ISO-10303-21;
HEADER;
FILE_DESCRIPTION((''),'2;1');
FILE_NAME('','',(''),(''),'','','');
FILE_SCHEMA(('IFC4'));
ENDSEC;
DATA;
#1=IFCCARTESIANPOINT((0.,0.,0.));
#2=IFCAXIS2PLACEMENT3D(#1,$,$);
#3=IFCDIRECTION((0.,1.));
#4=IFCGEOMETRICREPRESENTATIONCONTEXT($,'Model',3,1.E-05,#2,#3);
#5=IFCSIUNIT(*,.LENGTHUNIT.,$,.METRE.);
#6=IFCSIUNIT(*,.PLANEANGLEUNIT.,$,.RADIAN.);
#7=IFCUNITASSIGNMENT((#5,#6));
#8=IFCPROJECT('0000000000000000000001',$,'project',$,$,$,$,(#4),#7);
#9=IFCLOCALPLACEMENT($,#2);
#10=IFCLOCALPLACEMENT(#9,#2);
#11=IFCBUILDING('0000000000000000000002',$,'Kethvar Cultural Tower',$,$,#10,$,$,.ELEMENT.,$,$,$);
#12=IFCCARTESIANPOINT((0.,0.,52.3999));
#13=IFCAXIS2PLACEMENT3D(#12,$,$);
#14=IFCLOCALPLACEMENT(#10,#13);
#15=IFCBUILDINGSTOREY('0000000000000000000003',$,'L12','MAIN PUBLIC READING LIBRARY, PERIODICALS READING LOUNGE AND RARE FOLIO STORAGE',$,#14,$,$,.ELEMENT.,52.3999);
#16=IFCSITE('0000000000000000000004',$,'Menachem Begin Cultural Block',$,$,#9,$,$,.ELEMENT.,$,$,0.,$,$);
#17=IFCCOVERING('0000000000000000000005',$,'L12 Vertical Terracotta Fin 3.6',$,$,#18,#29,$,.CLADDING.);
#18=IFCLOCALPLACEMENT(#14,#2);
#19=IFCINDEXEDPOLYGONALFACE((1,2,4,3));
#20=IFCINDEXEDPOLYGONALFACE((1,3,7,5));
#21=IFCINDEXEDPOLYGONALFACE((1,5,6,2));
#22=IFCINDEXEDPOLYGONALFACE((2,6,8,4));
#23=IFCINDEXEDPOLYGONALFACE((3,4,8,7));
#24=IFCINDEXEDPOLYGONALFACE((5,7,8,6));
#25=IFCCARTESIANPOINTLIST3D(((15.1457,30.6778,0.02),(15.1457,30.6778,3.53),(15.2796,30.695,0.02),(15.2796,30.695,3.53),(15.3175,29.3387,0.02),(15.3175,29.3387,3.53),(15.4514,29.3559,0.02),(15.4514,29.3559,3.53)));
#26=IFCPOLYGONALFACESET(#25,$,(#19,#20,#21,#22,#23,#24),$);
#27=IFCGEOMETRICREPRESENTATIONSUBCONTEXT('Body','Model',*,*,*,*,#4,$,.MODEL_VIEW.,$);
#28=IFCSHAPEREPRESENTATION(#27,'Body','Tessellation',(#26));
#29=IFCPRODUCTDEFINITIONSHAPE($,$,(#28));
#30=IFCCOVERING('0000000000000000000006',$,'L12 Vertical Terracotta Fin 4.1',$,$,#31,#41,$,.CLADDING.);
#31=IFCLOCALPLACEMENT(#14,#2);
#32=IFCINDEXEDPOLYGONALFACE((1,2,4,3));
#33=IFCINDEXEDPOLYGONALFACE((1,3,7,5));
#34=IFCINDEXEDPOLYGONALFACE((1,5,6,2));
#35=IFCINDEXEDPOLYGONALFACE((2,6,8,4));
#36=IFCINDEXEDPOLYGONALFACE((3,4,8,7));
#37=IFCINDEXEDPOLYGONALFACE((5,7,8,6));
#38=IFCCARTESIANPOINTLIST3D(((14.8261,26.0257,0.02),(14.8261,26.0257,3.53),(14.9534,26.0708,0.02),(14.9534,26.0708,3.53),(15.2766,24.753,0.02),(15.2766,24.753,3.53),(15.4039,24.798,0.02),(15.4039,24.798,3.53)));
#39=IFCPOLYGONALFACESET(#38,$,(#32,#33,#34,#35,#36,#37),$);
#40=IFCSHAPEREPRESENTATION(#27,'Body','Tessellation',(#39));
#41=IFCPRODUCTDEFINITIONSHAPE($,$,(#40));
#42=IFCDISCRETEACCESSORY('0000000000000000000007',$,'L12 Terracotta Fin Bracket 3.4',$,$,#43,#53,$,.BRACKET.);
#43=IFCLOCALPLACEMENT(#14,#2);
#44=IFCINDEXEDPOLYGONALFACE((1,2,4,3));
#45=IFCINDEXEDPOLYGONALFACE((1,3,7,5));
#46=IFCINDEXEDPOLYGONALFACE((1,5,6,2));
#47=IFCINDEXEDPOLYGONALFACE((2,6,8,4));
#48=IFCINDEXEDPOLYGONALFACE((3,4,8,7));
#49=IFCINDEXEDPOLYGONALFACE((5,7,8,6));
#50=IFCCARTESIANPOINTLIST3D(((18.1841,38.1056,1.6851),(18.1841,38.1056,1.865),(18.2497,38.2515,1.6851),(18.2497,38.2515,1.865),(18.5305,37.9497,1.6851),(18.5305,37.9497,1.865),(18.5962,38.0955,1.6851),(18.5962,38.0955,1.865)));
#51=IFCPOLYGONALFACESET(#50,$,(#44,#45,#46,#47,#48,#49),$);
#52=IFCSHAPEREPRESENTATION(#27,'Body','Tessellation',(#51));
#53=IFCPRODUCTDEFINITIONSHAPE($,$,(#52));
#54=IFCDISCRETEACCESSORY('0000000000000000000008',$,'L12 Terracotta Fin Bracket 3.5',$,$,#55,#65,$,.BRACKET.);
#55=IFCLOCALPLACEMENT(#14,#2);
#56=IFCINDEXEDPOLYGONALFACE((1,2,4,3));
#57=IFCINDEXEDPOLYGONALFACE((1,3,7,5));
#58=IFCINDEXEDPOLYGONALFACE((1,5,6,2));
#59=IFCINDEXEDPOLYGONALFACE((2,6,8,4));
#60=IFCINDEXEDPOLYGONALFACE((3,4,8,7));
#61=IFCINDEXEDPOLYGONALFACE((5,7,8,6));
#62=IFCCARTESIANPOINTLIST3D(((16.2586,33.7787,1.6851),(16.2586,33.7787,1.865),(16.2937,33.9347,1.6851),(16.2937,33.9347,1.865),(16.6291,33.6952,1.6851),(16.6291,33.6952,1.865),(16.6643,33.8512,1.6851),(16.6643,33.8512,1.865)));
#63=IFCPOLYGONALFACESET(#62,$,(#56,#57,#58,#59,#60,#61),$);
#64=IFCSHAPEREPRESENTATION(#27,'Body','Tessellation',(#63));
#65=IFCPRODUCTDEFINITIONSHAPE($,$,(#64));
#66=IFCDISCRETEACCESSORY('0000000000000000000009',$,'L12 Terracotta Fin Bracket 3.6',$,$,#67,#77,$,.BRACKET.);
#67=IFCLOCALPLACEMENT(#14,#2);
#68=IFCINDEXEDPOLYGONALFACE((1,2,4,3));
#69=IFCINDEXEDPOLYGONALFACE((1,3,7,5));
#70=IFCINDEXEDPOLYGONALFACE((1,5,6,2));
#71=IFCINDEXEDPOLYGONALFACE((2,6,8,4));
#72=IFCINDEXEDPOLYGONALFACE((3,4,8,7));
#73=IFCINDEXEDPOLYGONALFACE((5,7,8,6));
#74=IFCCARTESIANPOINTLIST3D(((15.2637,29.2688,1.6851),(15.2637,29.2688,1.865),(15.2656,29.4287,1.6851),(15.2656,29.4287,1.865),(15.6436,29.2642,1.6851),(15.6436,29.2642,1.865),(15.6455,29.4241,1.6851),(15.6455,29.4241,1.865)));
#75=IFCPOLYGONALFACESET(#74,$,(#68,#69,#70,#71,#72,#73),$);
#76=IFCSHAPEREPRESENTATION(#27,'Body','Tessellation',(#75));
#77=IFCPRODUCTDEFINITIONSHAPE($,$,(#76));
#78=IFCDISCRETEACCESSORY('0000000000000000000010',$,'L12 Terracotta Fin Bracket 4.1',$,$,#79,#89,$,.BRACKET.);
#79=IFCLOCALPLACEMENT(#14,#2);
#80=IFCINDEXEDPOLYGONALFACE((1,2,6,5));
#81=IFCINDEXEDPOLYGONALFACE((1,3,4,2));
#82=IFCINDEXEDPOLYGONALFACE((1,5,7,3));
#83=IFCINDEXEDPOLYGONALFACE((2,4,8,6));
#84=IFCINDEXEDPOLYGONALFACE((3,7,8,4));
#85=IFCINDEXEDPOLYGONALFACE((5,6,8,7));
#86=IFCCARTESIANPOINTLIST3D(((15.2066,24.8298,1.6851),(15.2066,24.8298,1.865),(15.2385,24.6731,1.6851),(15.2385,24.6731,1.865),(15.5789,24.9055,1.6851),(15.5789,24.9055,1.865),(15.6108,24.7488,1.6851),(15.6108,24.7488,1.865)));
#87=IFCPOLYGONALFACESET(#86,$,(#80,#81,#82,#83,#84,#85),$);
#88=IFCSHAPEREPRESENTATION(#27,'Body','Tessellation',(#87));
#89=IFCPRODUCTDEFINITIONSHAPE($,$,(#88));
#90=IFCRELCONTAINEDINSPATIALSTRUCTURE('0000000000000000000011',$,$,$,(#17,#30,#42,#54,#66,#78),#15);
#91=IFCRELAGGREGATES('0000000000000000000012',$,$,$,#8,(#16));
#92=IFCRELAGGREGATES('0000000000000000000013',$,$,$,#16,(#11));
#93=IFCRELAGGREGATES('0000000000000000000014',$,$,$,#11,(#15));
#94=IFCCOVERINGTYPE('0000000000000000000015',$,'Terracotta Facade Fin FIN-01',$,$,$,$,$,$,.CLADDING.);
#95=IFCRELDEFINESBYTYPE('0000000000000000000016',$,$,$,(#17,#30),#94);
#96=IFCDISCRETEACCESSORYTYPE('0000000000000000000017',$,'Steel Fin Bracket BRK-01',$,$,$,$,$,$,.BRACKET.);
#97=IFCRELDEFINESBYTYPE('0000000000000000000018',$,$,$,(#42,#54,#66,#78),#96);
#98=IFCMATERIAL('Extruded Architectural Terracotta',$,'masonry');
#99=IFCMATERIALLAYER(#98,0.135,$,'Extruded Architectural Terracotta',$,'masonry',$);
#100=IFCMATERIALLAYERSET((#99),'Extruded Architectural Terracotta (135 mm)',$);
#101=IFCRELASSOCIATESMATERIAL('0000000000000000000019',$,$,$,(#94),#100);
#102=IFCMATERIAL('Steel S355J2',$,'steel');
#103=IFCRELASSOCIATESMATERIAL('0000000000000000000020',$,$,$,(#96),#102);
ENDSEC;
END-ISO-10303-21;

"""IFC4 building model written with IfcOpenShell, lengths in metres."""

from ifc_helpers import new_model, si_unit, direction, frame, origin, origin_2d, place, context, subcontext, project, spatial, rectangle, extrude, source, transform, mapped, material, layer, layer_set, type_object, element, save


model = new_model("IFC4")

# Units and contexts
model_context = context("Model", 3, precision=1e-05, world=origin(), true_north=direction((0.0, 1.0)))
body_context = subcontext(model_context, "Body", "Model", "MODEL_VIEW")
ifc_project = project(units=[si_unit("LENGTHUNIT", "METRE"), si_unit("PLANEANGLEUNIT", "RADIAN")], contexts=[model_context])

# Site, building, storey
site_placement = place(None, origin())
site = spatial("IfcSite", under=ifc_project, at=site_placement, Name="Menachem Begin Cultural Block", CompositionType="ELEMENT", RefElevation=0.0)
building_placement = place(site_placement, origin())
building = spatial("IfcBuilding", under=site, at=building_placement, Name="Kethvar Cultural Tower", CompositionType="ELEMENT")
storey_placement = place(building_placement, frame((0.0, 0.0, 52.3999)))
storey = spatial("IfcBuildingStorey", under=building, at=storey_placement, Name="L12", Description="MAIN PUBLIC READING LIBRARY, PERIODICALS READING LOUNGE AND RARE FOLIO STORAGE", CompositionType="ELEMENT", Elevation=52.3999)

# Shared definitions
ifc_material_1 = material(Name="Steel S355J2", Category="steel")

# Coverings
ifc_material_2 = material(Name="Extruded Architectural Terracotta", Category="masonry")
ifc_layer_1 = layer(ifc_material_2, 0.135, Name="Extruded Architectural Terracotta", Category="masonry")
ifc_layer_set_1 = layer_set([ifc_layer_1], Name="Extruded Architectural Terracotta (135 mm)")
covering_type = type_object("IfcCoveringType", Name="Terracotta Facade Fin FIN-01", PredefinedType="CLADDING", material=ifc_layer_set_1)
shared_shape_1 = source(origin(), body_context, "Body", "SweptSolid", [
    extrude(rectangle(XDim=1.3501, YDim=0.135, at=origin_2d()), origin(), (0.0, 0.0, 1.0), 3.51),
])
for number, where, z_axis, x_axis, name in (
    (1, (15.2986, 30.0168, 0.02), (0.0, 0.0, 1.0), (-0.127238, 0.991872, 0.0), "L12 Vertical Terracotta Fin 3.6"),
    (2, (15.115, 25.4119, 0.02), (0.0, 0.0, 1.0), (-0.333642, 0.9427, 0.0), "L12 Vertical Terracotta Fin 4.1"),
):
    element("IfcCovering", number, at=place(storey_placement, frame(where, z_axis=z_axis, x_axis=x_axis)), inside=storey, type_object=covering_type, Name=name, PredefinedType="CLADDING", context=body_context, shape_type="MappedRepresentation", body=[
        mapped(shared_shape_1, transform((0.0, 0.0, 0.0), scale=1.0)),
    ])

# Discrete accessories
discrete_accessory_type = type_object("IfcDiscreteAccessoryType", Name="Steel Fin Bracket BRK-01", PredefinedType="BRACKET", material=ifc_material_1)
shared_shape_2 = source(origin(), body_context, "Body", "SweptSolid", [
    extrude(rectangle(XDim=0.3799, YDim=0.1599, at=origin_2d()), origin(), (0.0, 0.0, 1.0), 0.1799),
])
for number, where, z_axis, x_axis, name in (
    (3, (18.3901, 38.1006, 1.6851), (0.0, 0.0, 1.0), (-0.911905, 0.410401, 0.0), "L12 Terracotta Fin Bracket 3.4"),
    (4, (16.4614, 33.8149, 1.6851), (0.0, 0.0, 1.0), (-0.975535, 0.219846, 0.0), "L12 Terracotta Fin Bracket 3.5"),
    (5, (15.4546, 29.3464, 1.6851), (0.0, 0.0, 1.0), (-0.999927, 0.012042, 0.0), "L12 Terracotta Fin Bracket 3.6"),
    (6, (15.4087, 24.7893, 1.6851), (0.0, 0.0, 1.0), (-0.979959, -0.199197, 0.0), "L12 Terracotta Fin Bracket 4.1"),
):
    element("IfcDiscreteAccessory", number, at=place(storey_placement, frame(where, z_axis=z_axis, x_axis=x_axis)), inside=storey, type_object=discrete_accessory_type, Name=name, PredefinedType="BRACKET", context=body_context, shape_type="MappedRepresentation", body=[
        mapped(shared_shape_2, transform((0.0, 0.0, 0.0), scale=1.0)),
    ])

save(model, "model.ifc")
